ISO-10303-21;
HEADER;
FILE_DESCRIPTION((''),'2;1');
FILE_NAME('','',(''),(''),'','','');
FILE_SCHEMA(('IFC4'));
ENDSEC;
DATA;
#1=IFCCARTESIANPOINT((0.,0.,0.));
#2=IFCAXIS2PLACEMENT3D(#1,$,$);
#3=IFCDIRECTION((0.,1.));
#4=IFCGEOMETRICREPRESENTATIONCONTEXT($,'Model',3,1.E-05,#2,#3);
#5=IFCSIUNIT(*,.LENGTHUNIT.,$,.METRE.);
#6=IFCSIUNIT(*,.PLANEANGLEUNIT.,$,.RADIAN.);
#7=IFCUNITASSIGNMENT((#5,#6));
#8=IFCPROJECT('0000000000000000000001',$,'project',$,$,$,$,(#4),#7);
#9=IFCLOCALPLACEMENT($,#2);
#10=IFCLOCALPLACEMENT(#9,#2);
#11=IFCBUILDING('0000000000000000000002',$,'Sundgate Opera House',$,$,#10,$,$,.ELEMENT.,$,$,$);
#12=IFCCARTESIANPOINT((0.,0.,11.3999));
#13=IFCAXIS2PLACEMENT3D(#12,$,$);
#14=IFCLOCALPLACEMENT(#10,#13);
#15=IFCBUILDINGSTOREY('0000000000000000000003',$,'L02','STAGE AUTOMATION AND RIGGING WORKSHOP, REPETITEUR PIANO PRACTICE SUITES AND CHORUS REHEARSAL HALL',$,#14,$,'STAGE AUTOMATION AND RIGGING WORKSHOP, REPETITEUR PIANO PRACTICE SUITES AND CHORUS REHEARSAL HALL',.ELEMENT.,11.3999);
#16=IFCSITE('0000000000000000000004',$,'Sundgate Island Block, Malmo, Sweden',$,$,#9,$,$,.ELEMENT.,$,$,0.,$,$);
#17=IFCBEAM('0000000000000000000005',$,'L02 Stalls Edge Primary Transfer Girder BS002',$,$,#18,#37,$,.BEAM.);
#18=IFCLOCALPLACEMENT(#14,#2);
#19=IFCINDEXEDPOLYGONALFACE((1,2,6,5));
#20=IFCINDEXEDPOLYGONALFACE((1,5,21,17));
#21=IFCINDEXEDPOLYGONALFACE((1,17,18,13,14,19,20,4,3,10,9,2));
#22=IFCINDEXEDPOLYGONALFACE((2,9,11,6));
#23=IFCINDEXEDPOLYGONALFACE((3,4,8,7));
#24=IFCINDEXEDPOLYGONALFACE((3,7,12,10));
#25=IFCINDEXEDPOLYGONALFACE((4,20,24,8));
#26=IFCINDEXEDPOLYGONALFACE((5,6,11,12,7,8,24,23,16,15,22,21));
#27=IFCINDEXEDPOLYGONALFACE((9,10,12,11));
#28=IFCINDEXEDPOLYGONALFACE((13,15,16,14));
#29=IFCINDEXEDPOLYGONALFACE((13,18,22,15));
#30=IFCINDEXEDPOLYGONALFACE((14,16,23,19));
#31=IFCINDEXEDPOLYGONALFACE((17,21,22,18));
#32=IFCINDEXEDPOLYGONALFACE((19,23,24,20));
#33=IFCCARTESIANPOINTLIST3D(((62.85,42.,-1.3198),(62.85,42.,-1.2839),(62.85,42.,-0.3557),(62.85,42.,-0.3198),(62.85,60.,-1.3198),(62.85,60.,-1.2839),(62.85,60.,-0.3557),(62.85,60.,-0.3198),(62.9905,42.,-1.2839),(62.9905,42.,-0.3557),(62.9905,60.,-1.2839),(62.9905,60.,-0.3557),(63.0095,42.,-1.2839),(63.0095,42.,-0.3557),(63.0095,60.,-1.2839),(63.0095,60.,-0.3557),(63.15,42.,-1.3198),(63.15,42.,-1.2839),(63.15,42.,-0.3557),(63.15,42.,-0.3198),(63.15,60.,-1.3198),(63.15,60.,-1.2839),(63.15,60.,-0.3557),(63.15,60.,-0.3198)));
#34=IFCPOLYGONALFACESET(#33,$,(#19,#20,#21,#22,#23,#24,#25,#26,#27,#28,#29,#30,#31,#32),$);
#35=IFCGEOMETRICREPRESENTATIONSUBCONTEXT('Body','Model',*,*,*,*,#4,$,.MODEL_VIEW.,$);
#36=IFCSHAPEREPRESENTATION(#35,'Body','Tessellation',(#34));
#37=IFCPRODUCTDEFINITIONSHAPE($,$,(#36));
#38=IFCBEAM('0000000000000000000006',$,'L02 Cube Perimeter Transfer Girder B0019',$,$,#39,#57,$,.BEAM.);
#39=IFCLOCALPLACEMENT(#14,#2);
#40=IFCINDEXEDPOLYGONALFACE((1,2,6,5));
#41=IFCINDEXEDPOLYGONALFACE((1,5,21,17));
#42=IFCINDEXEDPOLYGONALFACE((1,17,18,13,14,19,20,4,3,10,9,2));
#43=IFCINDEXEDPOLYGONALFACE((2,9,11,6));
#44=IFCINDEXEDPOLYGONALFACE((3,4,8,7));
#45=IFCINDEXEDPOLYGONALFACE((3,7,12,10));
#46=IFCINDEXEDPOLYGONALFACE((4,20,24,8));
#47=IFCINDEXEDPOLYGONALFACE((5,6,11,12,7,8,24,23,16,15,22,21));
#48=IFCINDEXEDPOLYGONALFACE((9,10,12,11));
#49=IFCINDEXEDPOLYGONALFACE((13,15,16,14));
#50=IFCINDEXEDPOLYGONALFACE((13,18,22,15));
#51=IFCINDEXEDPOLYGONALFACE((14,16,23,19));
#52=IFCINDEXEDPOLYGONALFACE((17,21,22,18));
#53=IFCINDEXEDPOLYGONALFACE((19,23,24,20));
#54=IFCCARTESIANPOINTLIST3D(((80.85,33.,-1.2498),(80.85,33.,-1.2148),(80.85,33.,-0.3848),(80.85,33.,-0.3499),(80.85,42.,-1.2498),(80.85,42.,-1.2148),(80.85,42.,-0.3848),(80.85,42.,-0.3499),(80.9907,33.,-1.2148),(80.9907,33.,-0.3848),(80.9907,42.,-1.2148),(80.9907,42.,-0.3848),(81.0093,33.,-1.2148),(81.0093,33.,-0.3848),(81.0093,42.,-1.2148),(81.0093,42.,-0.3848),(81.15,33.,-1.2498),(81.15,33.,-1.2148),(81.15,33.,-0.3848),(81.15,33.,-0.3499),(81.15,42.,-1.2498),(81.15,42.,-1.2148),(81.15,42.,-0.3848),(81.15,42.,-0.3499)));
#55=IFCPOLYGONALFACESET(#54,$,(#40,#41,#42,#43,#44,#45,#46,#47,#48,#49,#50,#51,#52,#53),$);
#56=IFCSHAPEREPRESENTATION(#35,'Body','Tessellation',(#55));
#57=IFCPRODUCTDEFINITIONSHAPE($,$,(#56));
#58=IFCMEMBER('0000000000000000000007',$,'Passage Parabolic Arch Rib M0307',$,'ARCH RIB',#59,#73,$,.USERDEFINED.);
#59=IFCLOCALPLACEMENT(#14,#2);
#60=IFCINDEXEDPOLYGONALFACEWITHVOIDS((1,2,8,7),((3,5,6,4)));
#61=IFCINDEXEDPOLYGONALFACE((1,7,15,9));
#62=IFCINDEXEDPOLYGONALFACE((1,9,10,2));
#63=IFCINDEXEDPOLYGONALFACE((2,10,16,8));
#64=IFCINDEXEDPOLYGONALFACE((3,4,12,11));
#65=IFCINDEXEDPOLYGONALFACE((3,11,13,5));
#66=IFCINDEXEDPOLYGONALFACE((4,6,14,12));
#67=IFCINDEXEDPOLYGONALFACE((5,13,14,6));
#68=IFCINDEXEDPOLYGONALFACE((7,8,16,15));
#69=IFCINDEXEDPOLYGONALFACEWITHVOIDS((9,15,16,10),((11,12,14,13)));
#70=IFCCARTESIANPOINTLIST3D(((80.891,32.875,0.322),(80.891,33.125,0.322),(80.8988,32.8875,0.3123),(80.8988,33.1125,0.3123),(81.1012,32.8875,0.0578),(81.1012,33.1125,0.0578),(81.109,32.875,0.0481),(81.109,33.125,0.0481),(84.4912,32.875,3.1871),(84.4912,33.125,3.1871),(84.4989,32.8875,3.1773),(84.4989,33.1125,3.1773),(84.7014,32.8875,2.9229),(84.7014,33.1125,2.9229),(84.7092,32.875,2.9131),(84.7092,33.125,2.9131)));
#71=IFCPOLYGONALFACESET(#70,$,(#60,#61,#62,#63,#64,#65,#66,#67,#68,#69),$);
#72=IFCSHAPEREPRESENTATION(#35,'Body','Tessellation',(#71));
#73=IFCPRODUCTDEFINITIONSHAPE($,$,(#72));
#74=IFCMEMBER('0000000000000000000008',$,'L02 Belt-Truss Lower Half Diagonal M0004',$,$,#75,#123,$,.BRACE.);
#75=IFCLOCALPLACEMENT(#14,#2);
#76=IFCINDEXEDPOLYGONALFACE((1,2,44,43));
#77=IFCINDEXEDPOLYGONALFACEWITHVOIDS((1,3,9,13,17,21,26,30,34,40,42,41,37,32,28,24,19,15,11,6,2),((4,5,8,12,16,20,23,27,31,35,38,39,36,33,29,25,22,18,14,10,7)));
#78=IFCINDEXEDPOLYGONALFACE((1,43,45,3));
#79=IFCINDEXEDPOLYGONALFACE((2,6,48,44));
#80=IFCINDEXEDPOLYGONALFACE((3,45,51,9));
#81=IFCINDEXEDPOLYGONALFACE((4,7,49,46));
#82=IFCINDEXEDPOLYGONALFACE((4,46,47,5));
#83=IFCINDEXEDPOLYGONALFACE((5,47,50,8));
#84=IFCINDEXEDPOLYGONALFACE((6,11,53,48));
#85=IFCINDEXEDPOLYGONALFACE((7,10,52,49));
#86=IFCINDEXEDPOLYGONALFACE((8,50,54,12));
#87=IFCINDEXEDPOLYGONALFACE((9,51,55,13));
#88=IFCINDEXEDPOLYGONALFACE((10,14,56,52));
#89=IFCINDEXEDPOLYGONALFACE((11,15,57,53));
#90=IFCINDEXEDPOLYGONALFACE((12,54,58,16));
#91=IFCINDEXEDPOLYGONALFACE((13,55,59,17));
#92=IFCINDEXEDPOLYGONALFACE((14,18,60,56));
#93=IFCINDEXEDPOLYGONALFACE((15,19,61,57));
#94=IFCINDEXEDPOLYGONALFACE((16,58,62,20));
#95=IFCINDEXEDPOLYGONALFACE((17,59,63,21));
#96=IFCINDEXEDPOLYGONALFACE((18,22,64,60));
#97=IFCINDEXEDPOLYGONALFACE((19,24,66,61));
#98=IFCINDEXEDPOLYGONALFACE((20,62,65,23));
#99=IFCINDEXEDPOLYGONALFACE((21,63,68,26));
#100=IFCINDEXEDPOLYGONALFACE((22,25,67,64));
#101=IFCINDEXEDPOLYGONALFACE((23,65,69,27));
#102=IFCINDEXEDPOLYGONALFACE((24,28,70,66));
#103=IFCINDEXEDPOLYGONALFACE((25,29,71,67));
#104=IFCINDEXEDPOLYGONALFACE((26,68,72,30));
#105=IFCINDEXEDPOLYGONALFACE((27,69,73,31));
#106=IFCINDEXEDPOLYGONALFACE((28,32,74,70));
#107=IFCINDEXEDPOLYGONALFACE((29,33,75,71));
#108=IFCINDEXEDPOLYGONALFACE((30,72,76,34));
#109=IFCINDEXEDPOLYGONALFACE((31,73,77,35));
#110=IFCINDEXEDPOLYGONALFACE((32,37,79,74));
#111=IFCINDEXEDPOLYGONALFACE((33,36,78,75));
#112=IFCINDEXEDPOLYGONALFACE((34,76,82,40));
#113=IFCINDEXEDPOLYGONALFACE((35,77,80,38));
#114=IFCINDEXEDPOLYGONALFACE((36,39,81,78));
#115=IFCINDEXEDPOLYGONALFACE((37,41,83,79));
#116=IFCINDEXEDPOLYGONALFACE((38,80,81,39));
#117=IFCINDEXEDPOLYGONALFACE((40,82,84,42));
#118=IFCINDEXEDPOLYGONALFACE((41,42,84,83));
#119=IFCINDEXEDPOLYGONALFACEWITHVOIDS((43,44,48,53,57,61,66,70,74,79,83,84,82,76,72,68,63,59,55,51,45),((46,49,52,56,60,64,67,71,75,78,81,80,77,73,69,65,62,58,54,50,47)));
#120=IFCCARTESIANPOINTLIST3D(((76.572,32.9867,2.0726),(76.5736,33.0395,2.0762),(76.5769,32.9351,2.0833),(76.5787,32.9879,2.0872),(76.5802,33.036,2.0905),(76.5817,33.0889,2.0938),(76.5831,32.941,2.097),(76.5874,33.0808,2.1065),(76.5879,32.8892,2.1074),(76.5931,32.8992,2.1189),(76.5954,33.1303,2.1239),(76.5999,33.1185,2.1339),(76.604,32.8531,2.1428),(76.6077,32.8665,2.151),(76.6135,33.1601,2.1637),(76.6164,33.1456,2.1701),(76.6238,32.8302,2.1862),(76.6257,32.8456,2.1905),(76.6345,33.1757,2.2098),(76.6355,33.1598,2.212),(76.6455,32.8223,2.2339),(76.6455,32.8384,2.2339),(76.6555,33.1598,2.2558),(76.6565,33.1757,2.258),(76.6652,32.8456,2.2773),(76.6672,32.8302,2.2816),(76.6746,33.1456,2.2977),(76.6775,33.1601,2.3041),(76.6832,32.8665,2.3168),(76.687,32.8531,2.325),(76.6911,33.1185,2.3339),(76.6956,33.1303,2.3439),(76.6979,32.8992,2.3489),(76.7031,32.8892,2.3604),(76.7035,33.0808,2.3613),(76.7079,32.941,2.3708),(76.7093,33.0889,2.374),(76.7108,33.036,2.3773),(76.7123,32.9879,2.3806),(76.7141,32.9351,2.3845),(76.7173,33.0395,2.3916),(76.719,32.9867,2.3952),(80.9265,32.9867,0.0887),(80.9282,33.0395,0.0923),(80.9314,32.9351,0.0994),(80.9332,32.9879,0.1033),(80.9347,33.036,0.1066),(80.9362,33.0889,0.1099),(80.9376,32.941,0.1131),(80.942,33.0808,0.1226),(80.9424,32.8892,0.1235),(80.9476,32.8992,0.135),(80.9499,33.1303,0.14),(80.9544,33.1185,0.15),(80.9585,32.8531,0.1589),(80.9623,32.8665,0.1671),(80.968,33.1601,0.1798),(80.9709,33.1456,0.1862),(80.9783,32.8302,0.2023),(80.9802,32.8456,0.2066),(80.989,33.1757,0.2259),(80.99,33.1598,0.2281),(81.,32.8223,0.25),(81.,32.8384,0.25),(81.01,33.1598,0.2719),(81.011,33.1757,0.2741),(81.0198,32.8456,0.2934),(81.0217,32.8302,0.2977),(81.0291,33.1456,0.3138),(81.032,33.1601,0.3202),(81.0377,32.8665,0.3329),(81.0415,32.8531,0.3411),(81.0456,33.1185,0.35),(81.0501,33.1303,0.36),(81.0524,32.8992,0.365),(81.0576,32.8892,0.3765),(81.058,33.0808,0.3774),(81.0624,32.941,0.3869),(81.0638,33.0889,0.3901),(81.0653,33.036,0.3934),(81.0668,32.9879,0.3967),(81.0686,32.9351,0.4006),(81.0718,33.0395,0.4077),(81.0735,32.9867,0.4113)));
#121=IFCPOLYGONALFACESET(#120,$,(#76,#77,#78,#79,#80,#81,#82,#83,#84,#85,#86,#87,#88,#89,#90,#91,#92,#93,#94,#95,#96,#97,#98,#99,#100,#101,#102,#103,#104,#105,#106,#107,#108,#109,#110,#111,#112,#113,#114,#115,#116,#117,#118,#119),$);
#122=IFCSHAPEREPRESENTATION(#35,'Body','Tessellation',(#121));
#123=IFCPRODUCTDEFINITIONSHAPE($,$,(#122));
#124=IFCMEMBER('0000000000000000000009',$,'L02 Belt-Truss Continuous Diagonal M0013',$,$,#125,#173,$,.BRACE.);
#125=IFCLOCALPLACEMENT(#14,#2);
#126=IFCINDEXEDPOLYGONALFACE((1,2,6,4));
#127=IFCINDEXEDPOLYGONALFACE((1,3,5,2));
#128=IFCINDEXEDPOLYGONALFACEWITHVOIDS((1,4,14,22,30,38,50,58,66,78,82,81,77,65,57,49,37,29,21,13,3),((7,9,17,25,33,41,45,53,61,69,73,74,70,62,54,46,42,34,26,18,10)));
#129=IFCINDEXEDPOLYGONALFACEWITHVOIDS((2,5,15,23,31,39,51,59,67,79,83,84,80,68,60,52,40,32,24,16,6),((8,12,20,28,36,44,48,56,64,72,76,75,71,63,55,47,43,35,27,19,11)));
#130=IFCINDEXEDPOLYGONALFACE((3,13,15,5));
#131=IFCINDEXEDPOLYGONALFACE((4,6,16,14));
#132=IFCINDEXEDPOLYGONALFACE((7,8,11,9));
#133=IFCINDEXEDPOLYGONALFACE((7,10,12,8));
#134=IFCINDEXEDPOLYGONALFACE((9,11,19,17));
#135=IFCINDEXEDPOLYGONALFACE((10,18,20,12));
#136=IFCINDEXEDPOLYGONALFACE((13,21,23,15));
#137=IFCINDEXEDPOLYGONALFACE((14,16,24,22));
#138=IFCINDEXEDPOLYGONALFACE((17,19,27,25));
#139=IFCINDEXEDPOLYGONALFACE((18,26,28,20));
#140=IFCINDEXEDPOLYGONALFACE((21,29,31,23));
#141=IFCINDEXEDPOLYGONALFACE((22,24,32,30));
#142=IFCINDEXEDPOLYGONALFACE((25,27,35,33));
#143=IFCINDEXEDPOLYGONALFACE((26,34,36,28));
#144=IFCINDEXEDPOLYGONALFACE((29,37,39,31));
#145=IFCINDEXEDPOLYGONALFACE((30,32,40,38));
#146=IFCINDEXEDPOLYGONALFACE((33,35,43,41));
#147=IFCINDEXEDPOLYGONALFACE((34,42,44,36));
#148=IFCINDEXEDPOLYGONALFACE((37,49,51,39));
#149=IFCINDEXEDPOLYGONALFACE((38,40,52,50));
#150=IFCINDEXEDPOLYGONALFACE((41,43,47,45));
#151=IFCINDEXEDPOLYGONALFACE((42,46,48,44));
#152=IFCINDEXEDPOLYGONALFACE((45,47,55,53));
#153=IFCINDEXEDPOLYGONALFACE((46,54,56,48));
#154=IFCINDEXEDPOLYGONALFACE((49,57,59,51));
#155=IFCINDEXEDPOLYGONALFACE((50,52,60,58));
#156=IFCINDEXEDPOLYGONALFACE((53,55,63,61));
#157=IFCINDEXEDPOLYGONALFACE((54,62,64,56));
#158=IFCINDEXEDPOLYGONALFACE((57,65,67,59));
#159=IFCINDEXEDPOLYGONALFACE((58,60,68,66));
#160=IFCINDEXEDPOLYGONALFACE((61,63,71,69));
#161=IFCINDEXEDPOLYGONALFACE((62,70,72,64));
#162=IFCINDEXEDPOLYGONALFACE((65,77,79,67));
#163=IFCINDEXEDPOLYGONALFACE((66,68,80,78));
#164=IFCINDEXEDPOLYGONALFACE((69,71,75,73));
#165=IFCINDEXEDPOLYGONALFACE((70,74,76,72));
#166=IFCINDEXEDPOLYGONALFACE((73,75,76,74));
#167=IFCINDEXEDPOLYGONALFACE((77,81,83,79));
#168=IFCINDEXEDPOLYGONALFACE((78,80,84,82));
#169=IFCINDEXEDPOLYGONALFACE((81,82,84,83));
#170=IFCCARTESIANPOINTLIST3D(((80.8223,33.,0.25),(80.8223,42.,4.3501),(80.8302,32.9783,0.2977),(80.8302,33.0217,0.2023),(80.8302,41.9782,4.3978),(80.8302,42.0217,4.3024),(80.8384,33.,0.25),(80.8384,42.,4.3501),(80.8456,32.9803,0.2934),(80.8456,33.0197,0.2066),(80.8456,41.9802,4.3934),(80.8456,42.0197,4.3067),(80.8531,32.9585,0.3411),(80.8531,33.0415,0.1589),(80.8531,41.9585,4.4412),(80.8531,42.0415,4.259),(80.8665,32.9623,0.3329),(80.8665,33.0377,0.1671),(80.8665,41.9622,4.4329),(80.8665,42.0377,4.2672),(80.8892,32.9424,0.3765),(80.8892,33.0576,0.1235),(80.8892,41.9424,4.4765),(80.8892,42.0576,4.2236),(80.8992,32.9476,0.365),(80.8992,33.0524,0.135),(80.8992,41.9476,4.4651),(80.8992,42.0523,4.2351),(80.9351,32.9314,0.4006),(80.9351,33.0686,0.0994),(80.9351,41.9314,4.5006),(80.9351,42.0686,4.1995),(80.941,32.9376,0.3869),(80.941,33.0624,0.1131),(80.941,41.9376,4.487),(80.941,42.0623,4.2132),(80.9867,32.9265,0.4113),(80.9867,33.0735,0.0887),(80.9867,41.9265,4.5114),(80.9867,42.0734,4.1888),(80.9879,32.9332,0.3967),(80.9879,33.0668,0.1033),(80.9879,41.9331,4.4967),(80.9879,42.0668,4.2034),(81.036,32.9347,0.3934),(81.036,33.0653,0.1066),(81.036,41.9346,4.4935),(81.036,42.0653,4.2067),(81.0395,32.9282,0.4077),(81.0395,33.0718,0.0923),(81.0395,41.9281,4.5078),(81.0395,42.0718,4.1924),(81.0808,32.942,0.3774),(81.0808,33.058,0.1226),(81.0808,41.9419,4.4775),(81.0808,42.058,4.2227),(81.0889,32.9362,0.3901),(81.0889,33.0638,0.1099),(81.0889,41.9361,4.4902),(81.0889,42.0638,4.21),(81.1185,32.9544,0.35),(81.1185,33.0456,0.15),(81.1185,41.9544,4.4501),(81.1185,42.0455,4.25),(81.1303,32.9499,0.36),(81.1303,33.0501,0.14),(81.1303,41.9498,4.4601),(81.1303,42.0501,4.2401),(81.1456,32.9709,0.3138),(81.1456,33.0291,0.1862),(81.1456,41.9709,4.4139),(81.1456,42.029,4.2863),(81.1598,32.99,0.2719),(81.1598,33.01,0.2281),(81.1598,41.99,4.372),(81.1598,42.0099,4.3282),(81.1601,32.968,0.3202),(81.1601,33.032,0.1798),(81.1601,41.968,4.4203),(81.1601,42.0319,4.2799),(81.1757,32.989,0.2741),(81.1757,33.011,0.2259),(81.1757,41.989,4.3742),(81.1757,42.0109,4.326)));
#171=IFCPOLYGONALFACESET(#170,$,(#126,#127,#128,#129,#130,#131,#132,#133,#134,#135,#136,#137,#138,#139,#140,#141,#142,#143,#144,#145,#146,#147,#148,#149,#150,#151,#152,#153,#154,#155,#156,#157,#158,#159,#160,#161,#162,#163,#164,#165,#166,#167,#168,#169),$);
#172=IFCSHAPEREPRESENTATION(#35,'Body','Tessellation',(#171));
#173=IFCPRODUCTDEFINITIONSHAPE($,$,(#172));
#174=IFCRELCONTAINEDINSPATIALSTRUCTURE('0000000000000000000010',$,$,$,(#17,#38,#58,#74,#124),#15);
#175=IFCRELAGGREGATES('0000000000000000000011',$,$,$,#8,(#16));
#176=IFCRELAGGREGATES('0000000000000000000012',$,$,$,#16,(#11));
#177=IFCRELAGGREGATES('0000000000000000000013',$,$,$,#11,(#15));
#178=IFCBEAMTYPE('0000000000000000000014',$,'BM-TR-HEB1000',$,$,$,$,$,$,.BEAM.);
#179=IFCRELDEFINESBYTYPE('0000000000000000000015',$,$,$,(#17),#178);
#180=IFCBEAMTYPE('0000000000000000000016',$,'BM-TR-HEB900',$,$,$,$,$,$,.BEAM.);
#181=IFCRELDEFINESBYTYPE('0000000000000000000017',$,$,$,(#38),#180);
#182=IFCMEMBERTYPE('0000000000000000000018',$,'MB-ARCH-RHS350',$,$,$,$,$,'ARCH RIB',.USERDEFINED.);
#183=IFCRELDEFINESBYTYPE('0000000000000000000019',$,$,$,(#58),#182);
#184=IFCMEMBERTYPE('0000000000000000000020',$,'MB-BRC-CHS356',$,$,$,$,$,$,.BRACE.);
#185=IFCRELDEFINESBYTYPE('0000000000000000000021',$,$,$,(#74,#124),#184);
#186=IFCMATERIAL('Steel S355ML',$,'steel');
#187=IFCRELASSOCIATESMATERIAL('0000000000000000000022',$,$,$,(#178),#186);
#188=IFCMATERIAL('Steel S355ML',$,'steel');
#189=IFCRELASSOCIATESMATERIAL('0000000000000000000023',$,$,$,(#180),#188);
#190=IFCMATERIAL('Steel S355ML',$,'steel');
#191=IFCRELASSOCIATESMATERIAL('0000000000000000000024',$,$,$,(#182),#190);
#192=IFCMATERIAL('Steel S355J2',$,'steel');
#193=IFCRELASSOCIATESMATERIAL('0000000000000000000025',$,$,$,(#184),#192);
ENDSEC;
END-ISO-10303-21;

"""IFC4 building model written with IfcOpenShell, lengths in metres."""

from ifc_helpers import new_model, si_unit, direction, frame, origin, origin_2d, place, context, subcontext, project, spatial, hollow_rectangle, hollow_circle, i_section, extrude, material, material_profile, profile_set, type_object, element, save


model = new_model("IFC4")

# Units and contexts
model_context = context("Model", 3, precision=1e-05, world=origin(), true_north=direction((0.0, 1.0)))
body_context = subcontext(model_context, "Body", "Model", "MODEL_VIEW")
ifc_project = project(units=[si_unit("LENGTHUNIT", "METRE"), si_unit("PLANEANGLEUNIT", "RADIAN")], contexts=[model_context])

# Site, building, storey
site_placement = place(None, origin())
site = spatial("IfcSite", under=ifc_project, at=site_placement, Name="Sundgate Island Block, Malmo, Sweden", CompositionType="ELEMENT", RefElevation=0.0)
building_placement = place(site_placement, origin())
building = spatial("IfcBuilding", under=site, at=building_placement, Name="Sundgate Opera House", CompositionType="ELEMENT")
storey_placement = place(building_placement, frame((0.0, 0.0, 11.3999)))
storey = spatial("IfcBuildingStorey", under=building, at=storey_placement, Name="L02", Description="STAGE AUTOMATION AND RIGGING WORKSHOP, REPETITEUR PIANO PRACTICE SUITES AND CHORUS REHEARSAL HALL", LongName="STAGE AUTOMATION AND RIGGING WORKSHOP, REPETITEUR PIANO PRACTICE SUITES AND CHORUS REHEARSAL HALL", CompositionType="ELEMENT", Elevation=11.3999)

# Beams
ifc_material_1 = material(Name="Steel S355ML", Category="steel")
ifc_material_profile_1 = material_profile(ifc_material_1, i_section(OverallWidth=0.3, OverallDepth=1.0, WebThickness=0.019, FlangeThickness=0.0359, at=origin_2d()), Name="HEB 1000")
ifc_profile_set_1 = profile_set([ifc_material_profile_1], Name="Steel S355ML")
beam_type_1 = type_object("IfcBeamType", Name="BM-TR-HEB1000", PredefinedType="BEAM", material=ifc_profile_set_1)
beam_1_placement = place(storey_placement, frame((63.0, 42.0, -0.8198), z_axis=(0.0, 1.0, 0.0), x_axis=(-1.0, 0.0, 0.0)))
element("IfcBeam", 1, at=beam_1_placement, inside=storey, type_object=beam_type_1, Name="L02 Stalls Edge Primary Transfer Girder BS002", PredefinedType="BEAM", context=body_context, shape_type="SweptSolid", body=[
    extrude(i_section(OverallWidth=0.3, OverallDepth=1.0, WebThickness=0.019, FlangeThickness=0.0359, at=origin_2d()), origin(), (0.0, 0.0, 1.0), 18.0),
])
ifc_material_2 = material(Name="Steel S355ML", Category="steel")
ifc_material_profile_2 = material_profile(ifc_material_2, i_section(OverallWidth=0.3, OverallDepth=0.8999, WebThickness=0.0186, FlangeThickness=0.0349, at=origin_2d()), Name="HEB 900")
ifc_profile_set_2 = profile_set([ifc_material_profile_2], Name="Steel S355ML")
beam_type_2 = type_object("IfcBeamType", Name="BM-TR-HEB900", PredefinedType="BEAM", material=ifc_profile_set_2)
beam_2_placement = place(storey_placement, frame((81.0, 33.0, -0.7998), z_axis=(0.0, 1.0, 0.0), x_axis=(-1.0, 0.0, 0.0)))
element("IfcBeam", 2, at=beam_2_placement, inside=storey, type_object=beam_type_2, Name="L02 Cube Perimeter Transfer Girder B0019", PredefinedType="BEAM", context=body_context, shape_type="SweptSolid", body=[
    extrude(i_section(OverallWidth=0.3, OverallDepth=0.8999, WebThickness=0.0186, FlangeThickness=0.0349, at=origin_2d()), origin(), (0.0, 0.0, 1.0), 9.0),
])

# Members
ifc_material_3 = material(Name="Steel S355ML", Category="steel")
ifc_material_profile_3 = material_profile(ifc_material_3, hollow_rectangle(XDim=0.25, YDim=0.3501, WallThickness=0.0125, at=origin_2d()), Name="RHS 350x250x12.5")
ifc_profile_set_3 = profile_set([ifc_material_profile_3], Name="Steel S355ML")
member_type_1 = type_object("IfcMemberType", Name="MB-ARCH-RHS350", ElementType="ARCH RIB", PredefinedType="USERDEFINED", material=ifc_profile_set_3)
member_1_placement = place(storey_placement, frame((81.0, 33.0, 0.1851), z_axis=(0.782466, 0.0, 0.622693), x_axis=(0.0, 1.0, 0.0)))
element("IfcMember", 3, at=member_1_placement, inside=storey, type_object=member_type_1, Name="Passage Parabolic Arch Rib M0307", ObjectType="ARCH RIB", PredefinedType="USERDEFINED", context=body_context, shape_type="SweptSolid", body=[
    extrude(hollow_rectangle(XDim=0.25, YDim=0.3501, WallThickness=0.0125, at=origin_2d()), origin(), (0.0, 0.0, 1.0), 4.6011),
])
ifc_material_4 = material(Name="Steel S355J2", Category="steel")
ifc_material_profile_4 = material_profile(ifc_material_4, hollow_circle(Radius=0.1777, WallThickness=0.0161, at=origin_2d()), Name="CHS 355.6x16.0")
ifc_profile_set_4 = profile_set([ifc_material_profile_4], Name="Steel S355J2")
member_type_2 = type_object("IfcMemberType", Name="MB-BRC-CHS356", PredefinedType="BRACE", material=ifc_profile_set_4)
member_2_placement = place(storey_placement, frame((81.0, 33.0, 0.25), z_axis=(-0.910006, 0.0, 0.414595), x_axis=(0.0, -1.0, 0.0)))
element("IfcMember", 4, at=member_2_placement, inside=storey, type_object=member_type_2, Name="L02 Belt-Truss Lower Half Diagonal M0004", PredefinedType="BRACE", context=body_context, shape_type="SweptSolid", body=[
    extrude(hollow_circle(Radius=0.1777, WallThickness=0.0161, at=origin_2d()), origin(), (0.0, 0.0, 1.0), 4.7852),
])
member_3_placement = place(storey_placement, frame((81.0, 33.0, 0.25), z_axis=(0.0, 0.910016, 0.414573), x_axis=(-1.0, 0.0, 0.0)))
element("IfcMember", 5, at=member_3_placement, inside=storey, type_object=member_type_2, Name="L02 Belt-Truss Continuous Diagonal M0013", PredefinedType="BRACE", context=body_context, shape_type="SweptSolid", body=[
    extrude(hollow_circle(Radius=0.1777, WallThickness=0.0161, at=origin_2d()), origin(), (0.0, 0.0, 1.0), 9.8899),
])

save(model, "model.ifc")
